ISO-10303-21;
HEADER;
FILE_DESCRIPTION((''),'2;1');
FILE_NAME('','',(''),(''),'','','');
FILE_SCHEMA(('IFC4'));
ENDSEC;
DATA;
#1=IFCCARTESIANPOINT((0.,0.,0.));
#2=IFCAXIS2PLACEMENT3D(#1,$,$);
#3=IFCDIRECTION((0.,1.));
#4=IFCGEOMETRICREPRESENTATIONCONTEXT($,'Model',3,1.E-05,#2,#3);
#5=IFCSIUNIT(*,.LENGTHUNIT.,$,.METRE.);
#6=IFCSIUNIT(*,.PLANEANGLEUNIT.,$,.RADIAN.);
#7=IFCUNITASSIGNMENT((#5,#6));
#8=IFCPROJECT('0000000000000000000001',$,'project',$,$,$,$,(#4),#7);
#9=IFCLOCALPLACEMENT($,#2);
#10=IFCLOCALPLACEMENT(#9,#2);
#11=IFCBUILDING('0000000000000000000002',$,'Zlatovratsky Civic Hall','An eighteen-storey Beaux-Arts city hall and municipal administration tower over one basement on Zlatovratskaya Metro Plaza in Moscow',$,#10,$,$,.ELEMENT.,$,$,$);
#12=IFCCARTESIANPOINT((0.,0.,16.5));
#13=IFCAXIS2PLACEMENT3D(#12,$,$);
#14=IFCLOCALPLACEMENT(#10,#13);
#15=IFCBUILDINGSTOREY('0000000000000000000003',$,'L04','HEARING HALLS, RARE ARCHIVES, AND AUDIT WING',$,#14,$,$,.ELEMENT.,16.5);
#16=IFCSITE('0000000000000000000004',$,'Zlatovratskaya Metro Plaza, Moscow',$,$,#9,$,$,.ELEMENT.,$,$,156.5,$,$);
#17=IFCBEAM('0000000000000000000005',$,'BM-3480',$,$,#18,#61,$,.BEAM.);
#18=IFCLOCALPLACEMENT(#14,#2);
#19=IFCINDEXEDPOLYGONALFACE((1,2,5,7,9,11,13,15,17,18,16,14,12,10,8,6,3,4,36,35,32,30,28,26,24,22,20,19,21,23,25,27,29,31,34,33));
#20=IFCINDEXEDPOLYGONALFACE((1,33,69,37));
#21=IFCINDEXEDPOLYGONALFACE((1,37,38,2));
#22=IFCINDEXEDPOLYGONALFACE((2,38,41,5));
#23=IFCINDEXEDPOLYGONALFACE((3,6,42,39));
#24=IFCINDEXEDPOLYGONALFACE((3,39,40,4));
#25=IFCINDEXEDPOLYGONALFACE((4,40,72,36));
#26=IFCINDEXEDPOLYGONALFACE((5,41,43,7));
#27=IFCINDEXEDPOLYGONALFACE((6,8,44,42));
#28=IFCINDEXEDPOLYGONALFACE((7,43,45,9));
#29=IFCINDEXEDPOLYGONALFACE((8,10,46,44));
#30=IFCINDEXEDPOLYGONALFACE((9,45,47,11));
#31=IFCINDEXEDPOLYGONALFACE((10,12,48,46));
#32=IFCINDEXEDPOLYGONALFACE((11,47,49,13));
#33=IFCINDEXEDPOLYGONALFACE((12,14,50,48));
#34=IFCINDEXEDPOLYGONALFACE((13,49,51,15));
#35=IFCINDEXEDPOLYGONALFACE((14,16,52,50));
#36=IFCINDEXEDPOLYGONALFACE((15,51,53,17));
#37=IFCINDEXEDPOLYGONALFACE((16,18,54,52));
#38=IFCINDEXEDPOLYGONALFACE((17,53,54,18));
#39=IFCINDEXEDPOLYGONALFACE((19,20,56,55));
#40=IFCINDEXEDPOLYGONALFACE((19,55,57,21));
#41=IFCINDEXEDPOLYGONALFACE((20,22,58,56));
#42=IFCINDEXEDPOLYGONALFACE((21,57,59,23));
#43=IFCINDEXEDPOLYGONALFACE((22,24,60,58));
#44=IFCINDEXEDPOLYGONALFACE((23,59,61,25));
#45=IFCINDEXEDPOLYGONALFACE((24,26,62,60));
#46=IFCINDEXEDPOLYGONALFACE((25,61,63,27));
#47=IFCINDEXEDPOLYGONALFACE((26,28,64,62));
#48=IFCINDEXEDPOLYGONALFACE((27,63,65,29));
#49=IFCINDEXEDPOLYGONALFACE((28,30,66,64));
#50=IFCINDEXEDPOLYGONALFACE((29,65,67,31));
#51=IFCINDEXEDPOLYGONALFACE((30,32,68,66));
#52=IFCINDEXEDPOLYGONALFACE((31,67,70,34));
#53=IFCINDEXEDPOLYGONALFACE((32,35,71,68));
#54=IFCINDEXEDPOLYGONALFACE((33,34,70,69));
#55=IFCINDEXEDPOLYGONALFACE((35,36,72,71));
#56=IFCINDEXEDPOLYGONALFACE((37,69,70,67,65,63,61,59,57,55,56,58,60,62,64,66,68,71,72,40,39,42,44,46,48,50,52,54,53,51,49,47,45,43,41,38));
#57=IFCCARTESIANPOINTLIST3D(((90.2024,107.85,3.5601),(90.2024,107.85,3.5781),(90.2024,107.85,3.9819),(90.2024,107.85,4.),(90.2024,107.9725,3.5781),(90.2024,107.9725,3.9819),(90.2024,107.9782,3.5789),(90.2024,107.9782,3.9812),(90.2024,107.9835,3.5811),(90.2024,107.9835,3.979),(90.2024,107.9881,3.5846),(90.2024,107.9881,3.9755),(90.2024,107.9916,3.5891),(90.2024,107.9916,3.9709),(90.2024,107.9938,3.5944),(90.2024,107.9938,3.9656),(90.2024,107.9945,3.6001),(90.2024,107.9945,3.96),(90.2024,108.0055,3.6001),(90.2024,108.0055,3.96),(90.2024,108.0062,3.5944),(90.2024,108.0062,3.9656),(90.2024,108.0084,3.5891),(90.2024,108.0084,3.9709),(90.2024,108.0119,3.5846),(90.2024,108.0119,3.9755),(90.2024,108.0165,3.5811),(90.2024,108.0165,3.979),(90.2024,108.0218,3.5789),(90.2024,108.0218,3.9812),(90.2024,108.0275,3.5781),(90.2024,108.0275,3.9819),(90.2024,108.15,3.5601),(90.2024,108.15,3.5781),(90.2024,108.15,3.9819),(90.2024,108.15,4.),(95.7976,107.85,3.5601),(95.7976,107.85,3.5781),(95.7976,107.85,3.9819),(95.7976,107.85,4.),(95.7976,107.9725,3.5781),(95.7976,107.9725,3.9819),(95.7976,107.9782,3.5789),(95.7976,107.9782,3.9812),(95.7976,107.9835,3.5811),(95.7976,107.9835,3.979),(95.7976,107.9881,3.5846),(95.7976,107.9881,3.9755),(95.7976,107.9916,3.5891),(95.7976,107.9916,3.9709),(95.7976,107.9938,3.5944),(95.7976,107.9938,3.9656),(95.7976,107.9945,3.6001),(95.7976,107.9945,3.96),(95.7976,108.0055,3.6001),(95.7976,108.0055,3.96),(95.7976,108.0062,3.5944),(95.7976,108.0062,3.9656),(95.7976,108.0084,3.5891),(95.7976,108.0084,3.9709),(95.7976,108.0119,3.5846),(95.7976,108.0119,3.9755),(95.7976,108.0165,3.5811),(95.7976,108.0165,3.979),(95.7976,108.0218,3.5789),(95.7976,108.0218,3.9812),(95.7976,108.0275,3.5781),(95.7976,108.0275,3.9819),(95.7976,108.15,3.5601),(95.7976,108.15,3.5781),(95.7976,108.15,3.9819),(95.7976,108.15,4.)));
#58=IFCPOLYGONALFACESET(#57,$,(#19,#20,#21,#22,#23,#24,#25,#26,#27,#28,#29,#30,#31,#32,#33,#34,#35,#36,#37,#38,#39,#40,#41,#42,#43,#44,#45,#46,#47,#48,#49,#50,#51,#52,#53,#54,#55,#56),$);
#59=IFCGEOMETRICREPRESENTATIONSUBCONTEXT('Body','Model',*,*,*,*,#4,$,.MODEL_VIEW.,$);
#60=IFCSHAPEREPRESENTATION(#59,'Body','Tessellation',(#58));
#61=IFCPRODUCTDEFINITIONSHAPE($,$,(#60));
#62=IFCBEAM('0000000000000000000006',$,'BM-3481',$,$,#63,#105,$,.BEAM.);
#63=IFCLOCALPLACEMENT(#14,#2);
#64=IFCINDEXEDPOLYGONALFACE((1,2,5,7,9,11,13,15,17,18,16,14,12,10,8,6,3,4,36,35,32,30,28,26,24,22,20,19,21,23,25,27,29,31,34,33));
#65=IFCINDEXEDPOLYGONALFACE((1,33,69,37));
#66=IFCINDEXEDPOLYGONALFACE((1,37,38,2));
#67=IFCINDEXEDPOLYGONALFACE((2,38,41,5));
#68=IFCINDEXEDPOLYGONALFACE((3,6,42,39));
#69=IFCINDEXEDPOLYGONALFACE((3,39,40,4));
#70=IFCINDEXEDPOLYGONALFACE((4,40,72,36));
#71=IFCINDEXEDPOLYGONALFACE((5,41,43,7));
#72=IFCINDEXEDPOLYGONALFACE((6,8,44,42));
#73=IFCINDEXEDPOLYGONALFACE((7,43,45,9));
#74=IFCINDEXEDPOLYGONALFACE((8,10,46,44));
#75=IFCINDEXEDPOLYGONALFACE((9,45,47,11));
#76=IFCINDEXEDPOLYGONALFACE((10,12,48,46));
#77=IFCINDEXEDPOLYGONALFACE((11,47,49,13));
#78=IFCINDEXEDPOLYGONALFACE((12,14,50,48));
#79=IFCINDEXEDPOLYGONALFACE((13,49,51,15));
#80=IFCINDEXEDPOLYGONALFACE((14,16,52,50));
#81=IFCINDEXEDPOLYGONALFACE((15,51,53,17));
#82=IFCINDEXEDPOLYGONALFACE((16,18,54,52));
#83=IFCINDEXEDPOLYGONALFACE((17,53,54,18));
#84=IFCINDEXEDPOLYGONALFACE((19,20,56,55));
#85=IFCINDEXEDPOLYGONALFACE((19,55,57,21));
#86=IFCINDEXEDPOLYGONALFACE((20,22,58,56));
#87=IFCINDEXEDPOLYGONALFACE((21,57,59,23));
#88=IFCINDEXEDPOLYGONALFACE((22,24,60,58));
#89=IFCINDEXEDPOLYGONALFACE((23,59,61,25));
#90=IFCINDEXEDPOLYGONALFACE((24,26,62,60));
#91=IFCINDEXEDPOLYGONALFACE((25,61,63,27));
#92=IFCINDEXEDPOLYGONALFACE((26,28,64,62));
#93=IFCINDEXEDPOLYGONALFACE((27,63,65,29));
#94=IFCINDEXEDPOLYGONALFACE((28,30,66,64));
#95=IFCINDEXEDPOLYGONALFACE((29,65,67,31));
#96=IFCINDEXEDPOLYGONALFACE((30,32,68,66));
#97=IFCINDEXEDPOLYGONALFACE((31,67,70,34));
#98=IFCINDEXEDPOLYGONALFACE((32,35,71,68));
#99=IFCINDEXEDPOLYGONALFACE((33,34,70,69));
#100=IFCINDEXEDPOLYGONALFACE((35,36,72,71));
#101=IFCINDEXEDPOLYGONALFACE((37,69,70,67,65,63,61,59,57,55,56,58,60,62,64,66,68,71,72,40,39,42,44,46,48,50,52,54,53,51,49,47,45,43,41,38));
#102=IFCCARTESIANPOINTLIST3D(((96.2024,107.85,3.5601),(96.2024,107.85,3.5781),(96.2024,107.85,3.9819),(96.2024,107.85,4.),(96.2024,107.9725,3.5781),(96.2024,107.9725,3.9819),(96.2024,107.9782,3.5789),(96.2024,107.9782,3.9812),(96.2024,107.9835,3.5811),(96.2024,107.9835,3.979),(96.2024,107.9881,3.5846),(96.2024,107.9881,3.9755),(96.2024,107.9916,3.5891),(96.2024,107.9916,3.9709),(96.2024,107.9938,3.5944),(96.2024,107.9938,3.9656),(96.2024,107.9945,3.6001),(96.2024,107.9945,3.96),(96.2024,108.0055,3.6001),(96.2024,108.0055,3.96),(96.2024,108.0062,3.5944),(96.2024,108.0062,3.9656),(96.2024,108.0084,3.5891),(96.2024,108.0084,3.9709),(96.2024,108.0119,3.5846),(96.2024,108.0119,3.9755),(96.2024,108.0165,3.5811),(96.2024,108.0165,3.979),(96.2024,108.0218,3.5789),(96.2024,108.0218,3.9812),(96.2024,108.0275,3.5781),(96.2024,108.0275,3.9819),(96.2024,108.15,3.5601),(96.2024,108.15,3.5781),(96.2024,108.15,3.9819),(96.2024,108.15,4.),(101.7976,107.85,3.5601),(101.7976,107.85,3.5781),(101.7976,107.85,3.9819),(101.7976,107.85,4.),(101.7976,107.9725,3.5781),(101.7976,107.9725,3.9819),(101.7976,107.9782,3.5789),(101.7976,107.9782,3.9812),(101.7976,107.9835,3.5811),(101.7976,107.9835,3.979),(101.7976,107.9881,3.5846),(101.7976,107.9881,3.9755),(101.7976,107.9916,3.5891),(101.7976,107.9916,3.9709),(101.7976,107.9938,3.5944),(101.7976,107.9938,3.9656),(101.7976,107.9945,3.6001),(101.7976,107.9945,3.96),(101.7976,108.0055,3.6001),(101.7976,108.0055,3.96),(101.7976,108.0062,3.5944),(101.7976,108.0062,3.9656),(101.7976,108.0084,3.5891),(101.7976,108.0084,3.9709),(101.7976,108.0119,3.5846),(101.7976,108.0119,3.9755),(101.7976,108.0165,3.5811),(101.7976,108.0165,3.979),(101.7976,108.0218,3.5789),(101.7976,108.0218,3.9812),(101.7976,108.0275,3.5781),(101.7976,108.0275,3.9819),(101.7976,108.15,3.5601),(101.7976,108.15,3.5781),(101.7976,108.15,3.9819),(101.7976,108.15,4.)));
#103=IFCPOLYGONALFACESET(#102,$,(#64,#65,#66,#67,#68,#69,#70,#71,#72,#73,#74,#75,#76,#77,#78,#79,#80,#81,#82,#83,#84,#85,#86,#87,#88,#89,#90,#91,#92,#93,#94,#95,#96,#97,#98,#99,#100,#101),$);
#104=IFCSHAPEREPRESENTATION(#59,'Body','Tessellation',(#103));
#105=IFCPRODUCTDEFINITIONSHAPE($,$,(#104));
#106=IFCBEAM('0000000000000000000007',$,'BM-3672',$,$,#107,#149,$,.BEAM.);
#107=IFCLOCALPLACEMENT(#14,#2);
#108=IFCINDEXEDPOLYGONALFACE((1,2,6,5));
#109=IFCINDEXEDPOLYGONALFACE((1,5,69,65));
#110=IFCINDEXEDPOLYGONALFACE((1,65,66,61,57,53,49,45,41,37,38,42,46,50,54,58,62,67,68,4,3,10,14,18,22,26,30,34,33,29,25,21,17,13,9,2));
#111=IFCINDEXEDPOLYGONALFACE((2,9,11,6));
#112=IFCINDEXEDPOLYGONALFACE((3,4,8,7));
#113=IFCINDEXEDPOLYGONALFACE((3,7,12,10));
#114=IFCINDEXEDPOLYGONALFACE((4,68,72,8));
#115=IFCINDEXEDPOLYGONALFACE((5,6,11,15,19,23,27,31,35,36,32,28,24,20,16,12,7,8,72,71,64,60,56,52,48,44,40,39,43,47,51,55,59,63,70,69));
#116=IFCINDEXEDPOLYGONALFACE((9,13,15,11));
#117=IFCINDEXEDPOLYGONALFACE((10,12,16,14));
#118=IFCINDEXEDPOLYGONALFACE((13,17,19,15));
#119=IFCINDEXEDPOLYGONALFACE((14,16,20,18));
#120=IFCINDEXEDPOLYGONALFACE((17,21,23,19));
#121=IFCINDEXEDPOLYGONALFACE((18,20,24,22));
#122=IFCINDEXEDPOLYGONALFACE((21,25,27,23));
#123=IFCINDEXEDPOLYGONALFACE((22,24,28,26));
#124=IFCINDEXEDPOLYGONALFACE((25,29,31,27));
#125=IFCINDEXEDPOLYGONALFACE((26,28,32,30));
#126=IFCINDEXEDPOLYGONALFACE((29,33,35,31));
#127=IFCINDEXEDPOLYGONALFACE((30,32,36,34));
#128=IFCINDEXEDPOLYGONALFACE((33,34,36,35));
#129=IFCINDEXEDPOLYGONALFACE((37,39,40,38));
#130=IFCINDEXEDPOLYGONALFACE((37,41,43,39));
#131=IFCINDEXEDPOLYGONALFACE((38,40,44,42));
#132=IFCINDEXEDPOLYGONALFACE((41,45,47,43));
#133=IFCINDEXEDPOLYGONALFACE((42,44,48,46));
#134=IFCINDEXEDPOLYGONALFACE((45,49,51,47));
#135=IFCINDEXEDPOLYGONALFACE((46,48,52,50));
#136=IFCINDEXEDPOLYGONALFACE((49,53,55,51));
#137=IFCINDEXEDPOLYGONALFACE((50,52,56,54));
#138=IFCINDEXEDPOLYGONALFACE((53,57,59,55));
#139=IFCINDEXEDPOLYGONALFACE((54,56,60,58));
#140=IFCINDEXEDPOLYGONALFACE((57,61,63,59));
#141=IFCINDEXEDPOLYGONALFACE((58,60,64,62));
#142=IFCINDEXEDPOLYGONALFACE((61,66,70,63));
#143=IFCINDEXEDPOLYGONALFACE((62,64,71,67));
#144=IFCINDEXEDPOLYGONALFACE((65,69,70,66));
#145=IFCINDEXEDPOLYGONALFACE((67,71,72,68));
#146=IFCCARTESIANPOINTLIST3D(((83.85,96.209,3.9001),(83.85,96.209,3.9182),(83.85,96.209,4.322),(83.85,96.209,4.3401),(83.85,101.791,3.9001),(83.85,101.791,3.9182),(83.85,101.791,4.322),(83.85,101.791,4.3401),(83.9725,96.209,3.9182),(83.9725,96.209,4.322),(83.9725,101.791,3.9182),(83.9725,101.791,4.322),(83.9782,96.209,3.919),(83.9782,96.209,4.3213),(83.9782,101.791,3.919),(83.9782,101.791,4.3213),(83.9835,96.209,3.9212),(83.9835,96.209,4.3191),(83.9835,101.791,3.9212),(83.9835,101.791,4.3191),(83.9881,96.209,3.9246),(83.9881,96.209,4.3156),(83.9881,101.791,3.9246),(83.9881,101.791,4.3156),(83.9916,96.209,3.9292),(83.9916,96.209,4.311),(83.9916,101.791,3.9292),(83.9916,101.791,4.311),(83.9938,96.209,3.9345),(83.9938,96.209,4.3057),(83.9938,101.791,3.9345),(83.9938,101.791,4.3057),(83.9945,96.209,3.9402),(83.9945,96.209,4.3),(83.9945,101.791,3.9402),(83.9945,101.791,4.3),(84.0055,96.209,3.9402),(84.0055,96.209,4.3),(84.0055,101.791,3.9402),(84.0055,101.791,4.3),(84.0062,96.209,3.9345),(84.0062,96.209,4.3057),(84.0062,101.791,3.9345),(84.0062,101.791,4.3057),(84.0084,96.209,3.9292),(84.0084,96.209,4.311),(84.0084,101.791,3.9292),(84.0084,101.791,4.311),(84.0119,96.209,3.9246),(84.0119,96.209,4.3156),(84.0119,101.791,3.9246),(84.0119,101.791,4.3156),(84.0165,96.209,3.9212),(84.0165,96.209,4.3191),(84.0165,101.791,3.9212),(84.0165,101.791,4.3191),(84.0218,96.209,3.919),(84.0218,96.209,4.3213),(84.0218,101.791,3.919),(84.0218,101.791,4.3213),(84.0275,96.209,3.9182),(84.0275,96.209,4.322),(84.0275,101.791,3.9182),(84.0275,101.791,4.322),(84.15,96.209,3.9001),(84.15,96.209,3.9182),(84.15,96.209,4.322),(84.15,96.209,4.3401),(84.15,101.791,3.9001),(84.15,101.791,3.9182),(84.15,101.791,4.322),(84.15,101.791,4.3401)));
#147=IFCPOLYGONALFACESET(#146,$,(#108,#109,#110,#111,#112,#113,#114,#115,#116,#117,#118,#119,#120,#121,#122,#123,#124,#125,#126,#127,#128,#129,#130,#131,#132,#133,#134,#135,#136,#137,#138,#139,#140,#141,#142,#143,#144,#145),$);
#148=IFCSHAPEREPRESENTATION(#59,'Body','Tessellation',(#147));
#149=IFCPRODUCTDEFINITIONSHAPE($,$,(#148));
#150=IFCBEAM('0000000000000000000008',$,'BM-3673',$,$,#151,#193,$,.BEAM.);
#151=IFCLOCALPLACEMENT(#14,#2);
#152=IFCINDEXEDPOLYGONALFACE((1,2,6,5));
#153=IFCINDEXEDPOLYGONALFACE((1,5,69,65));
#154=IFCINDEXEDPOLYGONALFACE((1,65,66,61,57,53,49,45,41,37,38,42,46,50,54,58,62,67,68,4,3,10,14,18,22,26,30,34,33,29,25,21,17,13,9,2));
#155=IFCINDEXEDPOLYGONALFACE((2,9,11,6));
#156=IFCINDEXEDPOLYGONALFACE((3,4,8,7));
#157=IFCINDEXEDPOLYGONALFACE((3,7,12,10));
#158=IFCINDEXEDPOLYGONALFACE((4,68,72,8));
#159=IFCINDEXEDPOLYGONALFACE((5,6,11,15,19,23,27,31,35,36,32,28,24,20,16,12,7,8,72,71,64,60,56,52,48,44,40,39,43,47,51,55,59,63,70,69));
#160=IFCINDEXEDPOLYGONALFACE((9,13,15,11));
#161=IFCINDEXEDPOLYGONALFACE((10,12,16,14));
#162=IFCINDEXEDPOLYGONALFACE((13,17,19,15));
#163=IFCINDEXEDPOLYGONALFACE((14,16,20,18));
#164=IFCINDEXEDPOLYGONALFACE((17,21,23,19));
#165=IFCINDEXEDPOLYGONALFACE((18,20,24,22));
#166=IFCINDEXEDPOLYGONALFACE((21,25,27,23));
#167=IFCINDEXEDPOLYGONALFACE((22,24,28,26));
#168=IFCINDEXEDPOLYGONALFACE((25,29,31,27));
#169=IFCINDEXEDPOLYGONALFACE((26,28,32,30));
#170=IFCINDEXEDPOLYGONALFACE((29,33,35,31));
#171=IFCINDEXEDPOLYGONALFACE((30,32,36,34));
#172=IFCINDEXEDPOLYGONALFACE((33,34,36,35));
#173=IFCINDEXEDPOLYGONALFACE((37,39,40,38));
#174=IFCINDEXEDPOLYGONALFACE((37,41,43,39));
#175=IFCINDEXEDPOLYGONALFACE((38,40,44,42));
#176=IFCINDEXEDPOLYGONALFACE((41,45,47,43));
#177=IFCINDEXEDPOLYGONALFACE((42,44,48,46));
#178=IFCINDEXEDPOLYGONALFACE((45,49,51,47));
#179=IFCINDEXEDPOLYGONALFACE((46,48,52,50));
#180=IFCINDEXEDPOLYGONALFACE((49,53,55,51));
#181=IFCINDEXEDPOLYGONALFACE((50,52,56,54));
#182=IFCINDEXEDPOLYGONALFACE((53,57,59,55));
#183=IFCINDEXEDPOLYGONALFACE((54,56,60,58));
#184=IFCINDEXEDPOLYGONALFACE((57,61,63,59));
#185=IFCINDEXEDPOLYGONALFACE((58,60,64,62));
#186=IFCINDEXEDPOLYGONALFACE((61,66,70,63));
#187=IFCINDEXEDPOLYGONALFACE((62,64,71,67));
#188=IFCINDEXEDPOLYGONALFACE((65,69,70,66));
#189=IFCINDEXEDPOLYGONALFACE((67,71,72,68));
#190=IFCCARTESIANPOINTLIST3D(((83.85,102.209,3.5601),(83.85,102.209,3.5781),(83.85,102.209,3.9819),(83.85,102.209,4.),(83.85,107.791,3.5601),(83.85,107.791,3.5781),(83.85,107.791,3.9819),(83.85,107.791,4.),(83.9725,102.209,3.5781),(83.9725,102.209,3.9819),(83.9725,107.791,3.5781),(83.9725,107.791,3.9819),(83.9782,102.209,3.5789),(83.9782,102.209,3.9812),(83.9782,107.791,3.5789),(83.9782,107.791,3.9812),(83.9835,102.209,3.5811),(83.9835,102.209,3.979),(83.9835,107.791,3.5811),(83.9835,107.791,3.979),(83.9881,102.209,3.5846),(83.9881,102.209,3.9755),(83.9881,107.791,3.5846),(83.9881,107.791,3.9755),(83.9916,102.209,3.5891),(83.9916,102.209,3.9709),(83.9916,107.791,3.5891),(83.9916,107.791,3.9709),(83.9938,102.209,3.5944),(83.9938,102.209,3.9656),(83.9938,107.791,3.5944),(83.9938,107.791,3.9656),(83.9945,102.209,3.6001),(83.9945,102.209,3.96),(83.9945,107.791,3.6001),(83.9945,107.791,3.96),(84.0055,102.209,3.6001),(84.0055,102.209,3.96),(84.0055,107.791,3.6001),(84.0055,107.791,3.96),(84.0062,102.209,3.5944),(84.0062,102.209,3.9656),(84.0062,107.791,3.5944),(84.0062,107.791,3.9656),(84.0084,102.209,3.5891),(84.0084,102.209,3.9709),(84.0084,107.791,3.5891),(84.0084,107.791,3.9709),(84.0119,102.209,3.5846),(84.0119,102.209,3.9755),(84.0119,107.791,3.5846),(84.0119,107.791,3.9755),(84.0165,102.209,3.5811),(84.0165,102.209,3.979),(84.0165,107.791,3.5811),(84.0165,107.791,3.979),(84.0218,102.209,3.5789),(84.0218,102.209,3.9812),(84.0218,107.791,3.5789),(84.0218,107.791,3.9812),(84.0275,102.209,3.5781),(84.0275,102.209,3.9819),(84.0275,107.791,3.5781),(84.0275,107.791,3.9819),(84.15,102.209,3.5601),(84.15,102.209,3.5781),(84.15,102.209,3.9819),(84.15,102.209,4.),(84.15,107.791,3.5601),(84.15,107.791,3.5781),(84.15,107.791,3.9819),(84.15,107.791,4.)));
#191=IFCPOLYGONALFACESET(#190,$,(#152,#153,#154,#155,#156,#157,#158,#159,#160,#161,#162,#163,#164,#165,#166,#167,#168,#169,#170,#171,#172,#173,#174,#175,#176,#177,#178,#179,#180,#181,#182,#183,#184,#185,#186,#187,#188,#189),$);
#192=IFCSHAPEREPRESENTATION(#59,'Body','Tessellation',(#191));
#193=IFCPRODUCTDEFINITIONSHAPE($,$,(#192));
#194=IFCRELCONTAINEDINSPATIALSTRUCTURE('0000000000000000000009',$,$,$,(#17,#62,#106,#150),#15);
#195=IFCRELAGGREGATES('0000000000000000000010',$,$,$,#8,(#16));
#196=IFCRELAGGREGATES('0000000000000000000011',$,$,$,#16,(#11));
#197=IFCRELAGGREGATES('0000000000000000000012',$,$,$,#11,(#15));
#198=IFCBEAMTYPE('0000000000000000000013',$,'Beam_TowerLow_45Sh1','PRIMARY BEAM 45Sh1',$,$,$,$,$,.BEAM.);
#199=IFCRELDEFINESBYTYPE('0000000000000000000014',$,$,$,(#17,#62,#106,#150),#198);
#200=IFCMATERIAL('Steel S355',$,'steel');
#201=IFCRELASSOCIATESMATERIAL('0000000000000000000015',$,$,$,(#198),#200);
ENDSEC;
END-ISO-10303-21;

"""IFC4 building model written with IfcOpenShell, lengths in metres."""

from ifc_helpers import new_model, si_unit, direction, frame, origin, origin_2d, place, context, subcontext, project, spatial, i_section, extrude, material, material_profile, profile_set, type_object, element, save


model = new_model("IFC4")

# Units and contexts
model_context = context("Model", 3, precision=1e-05, world=origin(), true_north=direction((0.0, 1.0)))
body_context = subcontext(model_context, "Body", "Model", "MODEL_VIEW")
ifc_project = project(units=[si_unit("LENGTHUNIT", "METRE"), si_unit("PLANEANGLEUNIT", "RADIAN")], contexts=[model_context])

# Site, building, storey
site_placement = place(None, origin())
site = spatial("IfcSite", under=ifc_project, at=site_placement, Name="Zlatovratskaya Metro Plaza, Moscow", CompositionType="ELEMENT", RefElevation=156.5)
building_placement = place(site_placement, origin())
building = spatial("IfcBuilding", under=site, at=building_placement, Name="Zlatovratsky Civic Hall", Description="An eighteen-storey Beaux-Arts city hall and municipal administration tower over one basement on Zlatovratskaya Metro Plaza in Moscow", CompositionType="ELEMENT")
storey_placement = place(building_placement, frame((0.0, 0.0, 16.5)))
storey = spatial("IfcBuildingStorey", under=building, at=storey_placement, Name="L04", Description="HEARING HALLS, RARE ARCHIVES, AND AUDIT WING", CompositionType="ELEMENT", Elevation=16.5)

# Shared definitions
ifc_material_1 = material(Name="Steel S355", Category="steel")

# Beams
ifc_material_profile_1 = material_profile(ifc_material_1, i_section(OverallWidth=0.3, OverallDepth=0.4399, WebThickness=0.011, FlangeThickness=0.0181, FilletRadius=0.022, at=origin_2d()), Name="45Sh1")
ifc_profile_set_1 = profile_set([ifc_material_profile_1], Name="Steel S355")
beam_type_1 = type_object("IfcBeamType", Name="Beam_TowerLow_45Sh1", Description="PRIMARY BEAM 45Sh1", PredefinedType="BEAM", material=ifc_profile_set_1)
for number, where, z_axis, x_axis, name in (
    (1, (90.2024, 108.0, 3.78), (1.0, 0.0, 0.0), (0.0, 1.0, 0.0), "BM-3480"),
    (2, (96.2024, 108.0, 3.78), (1.0, 0.0, 0.0), (0.0, 1.0, 0.0), "BM-3481"),
):
    element("IfcBeam", number, at=place(storey_placement, frame(where, z_axis=z_axis, x_axis=x_axis)), inside=storey, type_object=beam_type_1, Name=name, PredefinedType="BEAM", context=body_context, shape_type="SweptSolid", body=[
        extrude(i_section(OverallWidth=0.3, OverallDepth=0.4399, WebThickness=0.011, FlangeThickness=0.0181, FilletRadius=0.022, at=origin_2d()), origin(), (0.0, 0.0, 1.0), 5.5952),
    ])
for number, where, z_axis, x_axis, name in (
    (3, (84.0, 96.209, 4.1201), (0.0, 1.0, 0.0), (-1.0, 0.0, 0.0), "BM-3672"),
    (4, (84.0, 102.209, 3.78), (0.0, 1.0, 0.0), (-1.0, 0.0, 0.0), "BM-3673"),
):
    element("IfcBeam", number, at=place(storey_placement, frame(where, z_axis=z_axis, x_axis=x_axis)), inside=storey, type_object=beam_type_1, Name=name, PredefinedType="BEAM", context=body_context, shape_type="SweptSolid", body=[
        extrude(i_section(OverallWidth=0.3, OverallDepth=0.4399, WebThickness=0.011, FlangeThickness=0.0181, FilletRadius=0.022, at=origin_2d()), origin(), (0.0, 0.0, 1.0), 5.582),
    ])

save(model, "model.ifc")
